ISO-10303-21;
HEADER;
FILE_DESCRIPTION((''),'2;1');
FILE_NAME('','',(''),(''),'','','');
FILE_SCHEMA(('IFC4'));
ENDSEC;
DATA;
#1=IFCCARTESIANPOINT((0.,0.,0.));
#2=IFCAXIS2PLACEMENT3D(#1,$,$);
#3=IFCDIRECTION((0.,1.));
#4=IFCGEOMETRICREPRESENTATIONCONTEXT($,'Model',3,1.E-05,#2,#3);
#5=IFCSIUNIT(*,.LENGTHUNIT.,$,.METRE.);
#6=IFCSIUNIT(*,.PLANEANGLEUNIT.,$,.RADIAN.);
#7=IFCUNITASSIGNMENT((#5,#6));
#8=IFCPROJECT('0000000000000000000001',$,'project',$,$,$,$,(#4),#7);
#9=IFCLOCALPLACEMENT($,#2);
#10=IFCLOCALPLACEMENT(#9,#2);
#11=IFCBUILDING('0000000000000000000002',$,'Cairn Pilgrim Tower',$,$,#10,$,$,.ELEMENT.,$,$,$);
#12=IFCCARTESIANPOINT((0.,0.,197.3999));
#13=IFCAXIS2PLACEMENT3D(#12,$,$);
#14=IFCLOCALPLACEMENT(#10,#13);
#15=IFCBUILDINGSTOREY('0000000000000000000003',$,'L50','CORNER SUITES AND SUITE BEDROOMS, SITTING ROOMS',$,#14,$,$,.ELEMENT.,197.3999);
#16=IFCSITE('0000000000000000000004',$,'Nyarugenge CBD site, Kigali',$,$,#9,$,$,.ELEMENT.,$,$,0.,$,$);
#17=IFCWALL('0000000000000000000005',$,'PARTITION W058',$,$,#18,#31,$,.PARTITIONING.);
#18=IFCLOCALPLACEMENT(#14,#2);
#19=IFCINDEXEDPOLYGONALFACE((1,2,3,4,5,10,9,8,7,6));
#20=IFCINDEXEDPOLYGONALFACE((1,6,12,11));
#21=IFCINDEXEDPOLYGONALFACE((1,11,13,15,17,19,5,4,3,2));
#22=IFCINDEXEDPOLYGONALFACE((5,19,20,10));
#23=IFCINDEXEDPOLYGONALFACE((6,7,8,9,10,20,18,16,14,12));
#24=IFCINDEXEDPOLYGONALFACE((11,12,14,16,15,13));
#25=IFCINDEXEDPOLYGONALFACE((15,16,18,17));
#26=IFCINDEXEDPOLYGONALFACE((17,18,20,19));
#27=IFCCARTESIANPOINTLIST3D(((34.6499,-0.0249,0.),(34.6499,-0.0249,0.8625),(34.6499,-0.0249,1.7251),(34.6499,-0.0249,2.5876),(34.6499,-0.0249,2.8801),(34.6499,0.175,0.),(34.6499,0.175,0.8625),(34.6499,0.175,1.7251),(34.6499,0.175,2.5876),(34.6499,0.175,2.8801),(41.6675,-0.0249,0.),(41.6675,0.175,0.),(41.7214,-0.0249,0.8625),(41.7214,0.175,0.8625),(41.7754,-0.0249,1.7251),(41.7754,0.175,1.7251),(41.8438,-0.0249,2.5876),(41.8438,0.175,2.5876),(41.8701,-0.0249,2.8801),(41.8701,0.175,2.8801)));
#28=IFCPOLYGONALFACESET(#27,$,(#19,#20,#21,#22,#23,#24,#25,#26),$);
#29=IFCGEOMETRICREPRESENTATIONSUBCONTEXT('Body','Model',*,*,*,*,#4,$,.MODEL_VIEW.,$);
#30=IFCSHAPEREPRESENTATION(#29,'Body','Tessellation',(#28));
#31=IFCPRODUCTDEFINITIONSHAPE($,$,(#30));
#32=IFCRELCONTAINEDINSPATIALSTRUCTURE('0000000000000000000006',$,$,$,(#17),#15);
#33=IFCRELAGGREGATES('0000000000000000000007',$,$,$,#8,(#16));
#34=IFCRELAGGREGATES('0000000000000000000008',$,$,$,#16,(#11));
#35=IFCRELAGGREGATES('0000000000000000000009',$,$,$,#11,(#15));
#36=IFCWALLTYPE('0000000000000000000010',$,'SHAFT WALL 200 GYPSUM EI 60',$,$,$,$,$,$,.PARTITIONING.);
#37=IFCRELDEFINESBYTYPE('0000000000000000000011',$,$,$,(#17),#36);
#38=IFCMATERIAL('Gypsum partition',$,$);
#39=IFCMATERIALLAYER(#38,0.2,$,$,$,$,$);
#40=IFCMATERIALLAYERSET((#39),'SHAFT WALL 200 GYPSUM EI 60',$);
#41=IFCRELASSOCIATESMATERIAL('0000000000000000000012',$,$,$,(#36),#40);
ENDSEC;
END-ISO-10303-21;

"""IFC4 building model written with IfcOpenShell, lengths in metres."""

from ifc_helpers import new_model, si_unit, direction, frame, origin, place, context, subcontext, project, spatial, polyline, outline, extrude, material, layer, layer_set, type_object, element, save


model = new_model("IFC4")

# Units and contexts
model_context = context("Model", 3, precision=1e-05, world=origin(), true_north=direction((0.0, 1.0)))
body_context = subcontext(model_context, "Body", "Model", "MODEL_VIEW")
ifc_project = project(units=[si_unit("LENGTHUNIT", "METRE"), si_unit("PLANEANGLEUNIT", "RADIAN")], contexts=[model_context])

# Site, building, storey
site_placement = place(None, origin())
site = spatial("IfcSite", under=ifc_project, at=site_placement, Name="Nyarugenge CBD site, Kigali", CompositionType="ELEMENT", RefElevation=0.0)
building_placement = place(site_placement, origin())
building = spatial("IfcBuilding", under=site, at=building_placement, Name="Cairn Pilgrim Tower", CompositionType="ELEMENT")
storey_placement = place(building_placement, frame((0.0, 0.0, 197.3999)))
storey = spatial("IfcBuildingStorey", under=building, at=storey_placement, Name="L50", Description="CORNER SUITES AND SUITE BEDROOMS, SITTING ROOMS", CompositionType="ELEMENT", Elevation=197.3999)

# Shared definitions
ifc_material_1 = material(Name="Gypsum partition")

# Wall
ifc_layer_1 = layer(ifc_material_1, 0.2)
ifc_layer_set_1 = layer_set([ifc_layer_1], Name="SHAFT WALL 200 GYPSUM EI 60")
wall_type_1 = type_object("IfcWallType", Name="SHAFT WALL 200 GYPSUM EI 60", PredefinedType="PARTITIONING", material=ifc_layer_set_1)
wall_1_placement = place(storey_placement, frame((34.6499, 0.075, 0.0), z_axis=(0.0, 0.0, 1.0), x_axis=(1.0, 0.0, 0.0)))
element("IfcWall", 1, at=wall_1_placement, inside=storey, type_object=wall_type_1, Name="PARTITION W058", PredefinedType="PARTITIONING", context=body_context, shape_type="SweptSolid", body=[
    extrude(outline(polyline([(0.0, 0.0), (7.0176, 0.0), (7.0715, 0.8625), (7.1255, 1.7251), (7.1938, 2.5876), (7.2202, 2.8801), (0.0, 2.8801), (0.0, 2.5876), (0.0, 1.7251), (0.0, 0.8625), (0.0, 0.0)])), frame((0.0, 0.1001, 0.0), z_axis=(0.0, -1.0, 0.0), x_axis=(1.0, 0.0, 0.0)), (0.0, 0.0, 1.0), 0.2),
])

save(model, "model.ifc")
